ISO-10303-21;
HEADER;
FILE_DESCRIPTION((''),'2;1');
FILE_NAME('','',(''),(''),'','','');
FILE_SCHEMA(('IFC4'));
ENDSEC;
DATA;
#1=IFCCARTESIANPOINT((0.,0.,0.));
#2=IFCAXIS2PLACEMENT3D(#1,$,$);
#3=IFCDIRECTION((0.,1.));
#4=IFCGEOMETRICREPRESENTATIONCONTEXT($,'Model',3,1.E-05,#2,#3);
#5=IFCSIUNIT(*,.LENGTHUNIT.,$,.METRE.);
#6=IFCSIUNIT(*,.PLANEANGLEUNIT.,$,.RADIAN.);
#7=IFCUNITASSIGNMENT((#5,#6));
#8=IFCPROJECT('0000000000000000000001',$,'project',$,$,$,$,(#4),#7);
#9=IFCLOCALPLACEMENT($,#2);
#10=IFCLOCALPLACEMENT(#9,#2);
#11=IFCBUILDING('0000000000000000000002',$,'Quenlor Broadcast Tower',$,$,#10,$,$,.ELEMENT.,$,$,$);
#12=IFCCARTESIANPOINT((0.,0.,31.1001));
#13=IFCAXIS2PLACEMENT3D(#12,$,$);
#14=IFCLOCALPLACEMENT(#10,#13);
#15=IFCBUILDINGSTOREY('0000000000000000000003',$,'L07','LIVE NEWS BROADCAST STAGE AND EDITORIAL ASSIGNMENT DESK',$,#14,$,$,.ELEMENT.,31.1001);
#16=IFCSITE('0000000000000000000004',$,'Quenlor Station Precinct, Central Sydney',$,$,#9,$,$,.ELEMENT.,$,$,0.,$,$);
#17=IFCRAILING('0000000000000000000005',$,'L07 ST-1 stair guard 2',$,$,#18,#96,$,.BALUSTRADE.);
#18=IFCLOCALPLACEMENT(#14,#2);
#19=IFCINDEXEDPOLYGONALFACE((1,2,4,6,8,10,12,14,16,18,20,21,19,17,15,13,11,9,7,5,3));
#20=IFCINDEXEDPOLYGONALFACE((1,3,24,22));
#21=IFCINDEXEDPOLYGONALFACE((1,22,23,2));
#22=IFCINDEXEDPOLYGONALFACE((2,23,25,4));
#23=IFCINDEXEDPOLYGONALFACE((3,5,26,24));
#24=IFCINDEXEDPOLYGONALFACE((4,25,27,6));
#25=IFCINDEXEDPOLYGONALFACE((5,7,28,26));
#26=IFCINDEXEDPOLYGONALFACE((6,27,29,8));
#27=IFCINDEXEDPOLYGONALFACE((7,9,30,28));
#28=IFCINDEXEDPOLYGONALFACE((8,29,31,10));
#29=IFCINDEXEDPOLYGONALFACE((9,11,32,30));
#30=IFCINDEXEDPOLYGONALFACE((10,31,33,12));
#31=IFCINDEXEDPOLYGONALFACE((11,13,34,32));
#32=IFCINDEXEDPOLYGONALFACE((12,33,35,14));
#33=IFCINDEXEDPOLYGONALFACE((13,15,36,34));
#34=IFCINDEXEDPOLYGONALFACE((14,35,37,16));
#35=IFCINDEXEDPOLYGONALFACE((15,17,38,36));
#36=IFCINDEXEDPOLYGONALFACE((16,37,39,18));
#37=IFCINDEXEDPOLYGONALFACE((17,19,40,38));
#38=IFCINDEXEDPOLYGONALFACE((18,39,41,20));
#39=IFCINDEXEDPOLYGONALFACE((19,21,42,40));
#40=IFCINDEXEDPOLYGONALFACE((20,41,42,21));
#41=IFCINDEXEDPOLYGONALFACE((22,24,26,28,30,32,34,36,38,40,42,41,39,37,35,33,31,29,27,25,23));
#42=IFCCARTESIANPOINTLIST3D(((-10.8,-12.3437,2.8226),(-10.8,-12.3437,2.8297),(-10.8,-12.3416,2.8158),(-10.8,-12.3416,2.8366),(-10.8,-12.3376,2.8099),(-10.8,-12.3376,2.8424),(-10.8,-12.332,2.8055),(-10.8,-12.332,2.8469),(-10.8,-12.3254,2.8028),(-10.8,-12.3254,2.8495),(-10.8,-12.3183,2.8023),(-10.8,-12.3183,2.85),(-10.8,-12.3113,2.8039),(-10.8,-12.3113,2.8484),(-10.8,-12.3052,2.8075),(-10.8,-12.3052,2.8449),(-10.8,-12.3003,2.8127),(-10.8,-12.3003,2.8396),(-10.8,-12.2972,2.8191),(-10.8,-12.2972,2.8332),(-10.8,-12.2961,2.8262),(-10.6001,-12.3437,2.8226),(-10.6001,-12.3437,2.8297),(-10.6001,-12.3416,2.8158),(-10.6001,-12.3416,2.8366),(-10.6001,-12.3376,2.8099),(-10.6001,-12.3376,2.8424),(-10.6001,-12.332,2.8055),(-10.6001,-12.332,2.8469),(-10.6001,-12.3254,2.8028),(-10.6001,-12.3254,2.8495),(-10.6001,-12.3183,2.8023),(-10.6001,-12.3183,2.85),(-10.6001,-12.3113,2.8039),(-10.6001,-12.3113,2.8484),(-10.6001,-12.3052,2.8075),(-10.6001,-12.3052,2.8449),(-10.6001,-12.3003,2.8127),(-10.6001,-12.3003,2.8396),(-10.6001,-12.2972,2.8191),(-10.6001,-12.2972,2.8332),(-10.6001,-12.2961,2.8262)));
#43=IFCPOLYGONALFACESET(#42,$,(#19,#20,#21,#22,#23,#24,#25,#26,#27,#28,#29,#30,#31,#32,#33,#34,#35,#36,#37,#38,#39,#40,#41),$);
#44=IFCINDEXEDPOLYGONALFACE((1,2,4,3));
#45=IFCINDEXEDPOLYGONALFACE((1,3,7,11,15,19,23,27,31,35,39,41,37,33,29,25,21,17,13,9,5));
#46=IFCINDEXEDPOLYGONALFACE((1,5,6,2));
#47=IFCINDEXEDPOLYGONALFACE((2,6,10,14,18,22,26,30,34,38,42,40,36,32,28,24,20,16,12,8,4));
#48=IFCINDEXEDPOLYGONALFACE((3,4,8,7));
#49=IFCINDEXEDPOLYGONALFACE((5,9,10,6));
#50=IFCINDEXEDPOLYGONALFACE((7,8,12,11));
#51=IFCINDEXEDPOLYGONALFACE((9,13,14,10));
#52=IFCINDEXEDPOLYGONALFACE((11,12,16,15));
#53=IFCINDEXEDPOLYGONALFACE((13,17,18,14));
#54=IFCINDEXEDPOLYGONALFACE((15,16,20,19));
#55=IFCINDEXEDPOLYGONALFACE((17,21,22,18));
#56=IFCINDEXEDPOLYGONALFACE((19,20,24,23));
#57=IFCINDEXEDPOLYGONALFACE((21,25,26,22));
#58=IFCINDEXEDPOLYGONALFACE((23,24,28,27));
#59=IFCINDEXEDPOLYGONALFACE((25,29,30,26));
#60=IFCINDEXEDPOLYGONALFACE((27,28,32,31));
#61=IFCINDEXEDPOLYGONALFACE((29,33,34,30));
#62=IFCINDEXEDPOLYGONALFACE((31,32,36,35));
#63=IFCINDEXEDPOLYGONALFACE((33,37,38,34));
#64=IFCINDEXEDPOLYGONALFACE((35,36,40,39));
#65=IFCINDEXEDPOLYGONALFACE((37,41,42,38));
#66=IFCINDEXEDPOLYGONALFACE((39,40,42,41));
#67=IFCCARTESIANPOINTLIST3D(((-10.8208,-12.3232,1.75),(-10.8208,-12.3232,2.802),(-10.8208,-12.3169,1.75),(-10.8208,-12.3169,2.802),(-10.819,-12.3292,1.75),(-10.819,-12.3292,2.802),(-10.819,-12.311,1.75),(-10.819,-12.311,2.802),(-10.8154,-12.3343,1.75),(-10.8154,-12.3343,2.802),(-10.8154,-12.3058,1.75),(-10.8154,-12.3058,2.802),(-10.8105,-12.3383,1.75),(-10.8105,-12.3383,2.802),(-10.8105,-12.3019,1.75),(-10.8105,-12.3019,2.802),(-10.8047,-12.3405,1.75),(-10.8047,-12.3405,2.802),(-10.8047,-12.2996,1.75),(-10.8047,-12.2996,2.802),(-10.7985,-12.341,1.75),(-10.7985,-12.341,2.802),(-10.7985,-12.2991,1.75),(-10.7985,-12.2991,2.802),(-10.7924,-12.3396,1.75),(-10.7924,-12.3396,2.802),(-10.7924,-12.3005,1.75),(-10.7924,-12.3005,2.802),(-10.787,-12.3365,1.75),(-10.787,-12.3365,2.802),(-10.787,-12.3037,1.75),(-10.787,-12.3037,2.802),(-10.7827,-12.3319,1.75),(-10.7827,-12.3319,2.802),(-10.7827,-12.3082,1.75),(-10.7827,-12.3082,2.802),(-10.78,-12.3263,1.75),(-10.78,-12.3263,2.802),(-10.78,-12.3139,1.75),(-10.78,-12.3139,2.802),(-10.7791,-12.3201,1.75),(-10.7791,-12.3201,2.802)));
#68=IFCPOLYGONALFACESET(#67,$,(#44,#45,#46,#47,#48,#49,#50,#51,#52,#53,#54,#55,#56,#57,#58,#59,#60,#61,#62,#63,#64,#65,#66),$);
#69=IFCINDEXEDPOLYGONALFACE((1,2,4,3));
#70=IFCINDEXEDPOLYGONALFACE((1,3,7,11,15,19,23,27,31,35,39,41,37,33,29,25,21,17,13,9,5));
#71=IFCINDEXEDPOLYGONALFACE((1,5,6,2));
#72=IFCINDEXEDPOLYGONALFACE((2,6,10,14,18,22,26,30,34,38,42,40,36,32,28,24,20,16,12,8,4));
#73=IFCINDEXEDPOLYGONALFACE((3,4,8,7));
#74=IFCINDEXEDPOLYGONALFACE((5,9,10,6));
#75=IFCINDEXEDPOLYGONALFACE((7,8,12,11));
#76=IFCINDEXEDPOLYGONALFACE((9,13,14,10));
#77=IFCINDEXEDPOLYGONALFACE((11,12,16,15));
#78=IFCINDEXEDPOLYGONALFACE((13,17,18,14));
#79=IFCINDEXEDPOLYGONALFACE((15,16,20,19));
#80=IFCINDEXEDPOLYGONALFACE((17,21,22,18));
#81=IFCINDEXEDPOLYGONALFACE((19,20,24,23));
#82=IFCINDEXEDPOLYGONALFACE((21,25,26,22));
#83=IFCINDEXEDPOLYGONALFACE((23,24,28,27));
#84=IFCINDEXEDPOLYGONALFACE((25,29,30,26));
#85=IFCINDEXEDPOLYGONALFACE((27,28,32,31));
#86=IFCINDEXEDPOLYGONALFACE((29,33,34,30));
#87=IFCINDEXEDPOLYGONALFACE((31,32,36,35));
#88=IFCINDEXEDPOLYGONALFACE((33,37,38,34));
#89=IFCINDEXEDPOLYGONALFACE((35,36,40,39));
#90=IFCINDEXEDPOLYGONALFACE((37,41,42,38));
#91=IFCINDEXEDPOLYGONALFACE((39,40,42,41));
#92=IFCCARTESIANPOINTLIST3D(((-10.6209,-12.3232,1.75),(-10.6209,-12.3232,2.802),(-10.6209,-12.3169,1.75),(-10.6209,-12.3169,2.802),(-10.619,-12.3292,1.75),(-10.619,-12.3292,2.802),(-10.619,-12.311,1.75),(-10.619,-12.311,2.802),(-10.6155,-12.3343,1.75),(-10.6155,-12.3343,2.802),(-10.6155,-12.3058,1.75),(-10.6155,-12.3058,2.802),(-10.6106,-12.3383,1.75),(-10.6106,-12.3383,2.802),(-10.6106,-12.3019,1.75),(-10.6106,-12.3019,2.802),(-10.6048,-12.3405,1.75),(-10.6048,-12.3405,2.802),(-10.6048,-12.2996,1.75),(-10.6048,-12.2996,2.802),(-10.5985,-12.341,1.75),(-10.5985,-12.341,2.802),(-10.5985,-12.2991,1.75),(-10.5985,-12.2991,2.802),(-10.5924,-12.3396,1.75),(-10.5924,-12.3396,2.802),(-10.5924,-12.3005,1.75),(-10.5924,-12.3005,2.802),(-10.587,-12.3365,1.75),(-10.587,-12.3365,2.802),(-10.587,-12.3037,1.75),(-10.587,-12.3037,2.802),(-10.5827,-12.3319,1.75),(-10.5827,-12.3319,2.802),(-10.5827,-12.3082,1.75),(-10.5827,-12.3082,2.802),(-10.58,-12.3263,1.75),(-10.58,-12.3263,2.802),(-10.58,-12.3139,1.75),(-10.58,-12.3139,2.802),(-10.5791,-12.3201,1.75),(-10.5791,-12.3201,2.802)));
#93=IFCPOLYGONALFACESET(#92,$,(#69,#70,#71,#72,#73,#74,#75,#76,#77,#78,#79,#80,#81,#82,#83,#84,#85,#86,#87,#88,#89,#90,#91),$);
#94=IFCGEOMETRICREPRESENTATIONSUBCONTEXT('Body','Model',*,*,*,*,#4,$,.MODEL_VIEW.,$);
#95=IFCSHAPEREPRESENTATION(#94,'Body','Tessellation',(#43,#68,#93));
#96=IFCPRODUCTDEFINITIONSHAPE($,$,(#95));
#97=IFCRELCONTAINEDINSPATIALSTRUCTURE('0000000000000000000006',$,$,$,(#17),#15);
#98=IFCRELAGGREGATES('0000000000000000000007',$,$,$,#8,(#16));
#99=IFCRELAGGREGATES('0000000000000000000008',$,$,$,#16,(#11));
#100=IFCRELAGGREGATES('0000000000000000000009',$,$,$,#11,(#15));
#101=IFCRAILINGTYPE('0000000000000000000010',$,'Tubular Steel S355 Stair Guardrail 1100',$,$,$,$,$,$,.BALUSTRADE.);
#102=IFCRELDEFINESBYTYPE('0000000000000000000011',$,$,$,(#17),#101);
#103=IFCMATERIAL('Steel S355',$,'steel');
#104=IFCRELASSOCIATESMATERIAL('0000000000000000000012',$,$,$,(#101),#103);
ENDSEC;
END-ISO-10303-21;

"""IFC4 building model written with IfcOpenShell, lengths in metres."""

from ifc_helpers import new_model, si_unit, direction, frame, origin, origin_2d, place, context, subcontext, project, spatial, circle, extrude, material, type_object, element, save


model = new_model("IFC4")

# Units and contexts
model_context = context("Model", 3, precision=1e-05, world=origin(), true_north=direction((0.0, 1.0)))
body_context = subcontext(model_context, "Body", "Model", "MODEL_VIEW")
ifc_project = project(units=[si_unit("LENGTHUNIT", "METRE"), si_unit("PLANEANGLEUNIT", "RADIAN")], contexts=[model_context])

# Site, building, storey
site_placement = place(None, origin())
site = spatial("IfcSite", under=ifc_project, at=site_placement, Name="Quenlor Station Precinct, Central Sydney", CompositionType="ELEMENT", RefElevation=0.0)
building_placement = place(site_placement, origin())
building = spatial("IfcBuilding", under=site, at=building_placement, Name="Quenlor Broadcast Tower", CompositionType="ELEMENT")
storey_placement = place(building_placement, frame((0.0, 0.0, 31.1001)))
storey = spatial("IfcBuildingStorey", under=building, at=storey_placement, Name="L07", Description="LIVE NEWS BROADCAST STAGE AND EDITORIAL ASSIGNMENT DESK", CompositionType="ELEMENT", Elevation=31.1001)

# Railing
ifc_material_1 = material(Name="Steel S355", Category="steel")
railing_type = type_object("IfcRailingType", Name="Tubular Steel S355 Stair Guardrail 1100", PredefinedType="BALUSTRADE", material=ifc_material_1)
railing_1_placement = place(storey_placement, frame((-10.8, -12.3201, 1.75)))
element("IfcRailing", 1, at=railing_1_placement, inside=storey, type_object=railing_type, Name="L07 ST-1 stair guard 2", PredefinedType="BALUSTRADE", context=body_context, shape_type="SweptSolid", body=[
    extrude(circle(Radius=0.0239, at=origin_2d()), frame((0.0, 0.0, 1.0762), z_axis=(1.0, 0.0, 0.0), x_axis=(0.0, 1.0, 0.0)), (0.0, 0.0, 1.0), 0.2),
    extrude(circle(Radius=0.021, at=origin_2d()), origin(), (0.0, 0.0, 1.0), 1.052),
    extrude(circle(Radius=0.021, at=origin_2d()), frame((0.2, 0.0, 0.0)), (0.0, 0.0, 1.0), 1.052),
])

save(model, "model.ifc")
